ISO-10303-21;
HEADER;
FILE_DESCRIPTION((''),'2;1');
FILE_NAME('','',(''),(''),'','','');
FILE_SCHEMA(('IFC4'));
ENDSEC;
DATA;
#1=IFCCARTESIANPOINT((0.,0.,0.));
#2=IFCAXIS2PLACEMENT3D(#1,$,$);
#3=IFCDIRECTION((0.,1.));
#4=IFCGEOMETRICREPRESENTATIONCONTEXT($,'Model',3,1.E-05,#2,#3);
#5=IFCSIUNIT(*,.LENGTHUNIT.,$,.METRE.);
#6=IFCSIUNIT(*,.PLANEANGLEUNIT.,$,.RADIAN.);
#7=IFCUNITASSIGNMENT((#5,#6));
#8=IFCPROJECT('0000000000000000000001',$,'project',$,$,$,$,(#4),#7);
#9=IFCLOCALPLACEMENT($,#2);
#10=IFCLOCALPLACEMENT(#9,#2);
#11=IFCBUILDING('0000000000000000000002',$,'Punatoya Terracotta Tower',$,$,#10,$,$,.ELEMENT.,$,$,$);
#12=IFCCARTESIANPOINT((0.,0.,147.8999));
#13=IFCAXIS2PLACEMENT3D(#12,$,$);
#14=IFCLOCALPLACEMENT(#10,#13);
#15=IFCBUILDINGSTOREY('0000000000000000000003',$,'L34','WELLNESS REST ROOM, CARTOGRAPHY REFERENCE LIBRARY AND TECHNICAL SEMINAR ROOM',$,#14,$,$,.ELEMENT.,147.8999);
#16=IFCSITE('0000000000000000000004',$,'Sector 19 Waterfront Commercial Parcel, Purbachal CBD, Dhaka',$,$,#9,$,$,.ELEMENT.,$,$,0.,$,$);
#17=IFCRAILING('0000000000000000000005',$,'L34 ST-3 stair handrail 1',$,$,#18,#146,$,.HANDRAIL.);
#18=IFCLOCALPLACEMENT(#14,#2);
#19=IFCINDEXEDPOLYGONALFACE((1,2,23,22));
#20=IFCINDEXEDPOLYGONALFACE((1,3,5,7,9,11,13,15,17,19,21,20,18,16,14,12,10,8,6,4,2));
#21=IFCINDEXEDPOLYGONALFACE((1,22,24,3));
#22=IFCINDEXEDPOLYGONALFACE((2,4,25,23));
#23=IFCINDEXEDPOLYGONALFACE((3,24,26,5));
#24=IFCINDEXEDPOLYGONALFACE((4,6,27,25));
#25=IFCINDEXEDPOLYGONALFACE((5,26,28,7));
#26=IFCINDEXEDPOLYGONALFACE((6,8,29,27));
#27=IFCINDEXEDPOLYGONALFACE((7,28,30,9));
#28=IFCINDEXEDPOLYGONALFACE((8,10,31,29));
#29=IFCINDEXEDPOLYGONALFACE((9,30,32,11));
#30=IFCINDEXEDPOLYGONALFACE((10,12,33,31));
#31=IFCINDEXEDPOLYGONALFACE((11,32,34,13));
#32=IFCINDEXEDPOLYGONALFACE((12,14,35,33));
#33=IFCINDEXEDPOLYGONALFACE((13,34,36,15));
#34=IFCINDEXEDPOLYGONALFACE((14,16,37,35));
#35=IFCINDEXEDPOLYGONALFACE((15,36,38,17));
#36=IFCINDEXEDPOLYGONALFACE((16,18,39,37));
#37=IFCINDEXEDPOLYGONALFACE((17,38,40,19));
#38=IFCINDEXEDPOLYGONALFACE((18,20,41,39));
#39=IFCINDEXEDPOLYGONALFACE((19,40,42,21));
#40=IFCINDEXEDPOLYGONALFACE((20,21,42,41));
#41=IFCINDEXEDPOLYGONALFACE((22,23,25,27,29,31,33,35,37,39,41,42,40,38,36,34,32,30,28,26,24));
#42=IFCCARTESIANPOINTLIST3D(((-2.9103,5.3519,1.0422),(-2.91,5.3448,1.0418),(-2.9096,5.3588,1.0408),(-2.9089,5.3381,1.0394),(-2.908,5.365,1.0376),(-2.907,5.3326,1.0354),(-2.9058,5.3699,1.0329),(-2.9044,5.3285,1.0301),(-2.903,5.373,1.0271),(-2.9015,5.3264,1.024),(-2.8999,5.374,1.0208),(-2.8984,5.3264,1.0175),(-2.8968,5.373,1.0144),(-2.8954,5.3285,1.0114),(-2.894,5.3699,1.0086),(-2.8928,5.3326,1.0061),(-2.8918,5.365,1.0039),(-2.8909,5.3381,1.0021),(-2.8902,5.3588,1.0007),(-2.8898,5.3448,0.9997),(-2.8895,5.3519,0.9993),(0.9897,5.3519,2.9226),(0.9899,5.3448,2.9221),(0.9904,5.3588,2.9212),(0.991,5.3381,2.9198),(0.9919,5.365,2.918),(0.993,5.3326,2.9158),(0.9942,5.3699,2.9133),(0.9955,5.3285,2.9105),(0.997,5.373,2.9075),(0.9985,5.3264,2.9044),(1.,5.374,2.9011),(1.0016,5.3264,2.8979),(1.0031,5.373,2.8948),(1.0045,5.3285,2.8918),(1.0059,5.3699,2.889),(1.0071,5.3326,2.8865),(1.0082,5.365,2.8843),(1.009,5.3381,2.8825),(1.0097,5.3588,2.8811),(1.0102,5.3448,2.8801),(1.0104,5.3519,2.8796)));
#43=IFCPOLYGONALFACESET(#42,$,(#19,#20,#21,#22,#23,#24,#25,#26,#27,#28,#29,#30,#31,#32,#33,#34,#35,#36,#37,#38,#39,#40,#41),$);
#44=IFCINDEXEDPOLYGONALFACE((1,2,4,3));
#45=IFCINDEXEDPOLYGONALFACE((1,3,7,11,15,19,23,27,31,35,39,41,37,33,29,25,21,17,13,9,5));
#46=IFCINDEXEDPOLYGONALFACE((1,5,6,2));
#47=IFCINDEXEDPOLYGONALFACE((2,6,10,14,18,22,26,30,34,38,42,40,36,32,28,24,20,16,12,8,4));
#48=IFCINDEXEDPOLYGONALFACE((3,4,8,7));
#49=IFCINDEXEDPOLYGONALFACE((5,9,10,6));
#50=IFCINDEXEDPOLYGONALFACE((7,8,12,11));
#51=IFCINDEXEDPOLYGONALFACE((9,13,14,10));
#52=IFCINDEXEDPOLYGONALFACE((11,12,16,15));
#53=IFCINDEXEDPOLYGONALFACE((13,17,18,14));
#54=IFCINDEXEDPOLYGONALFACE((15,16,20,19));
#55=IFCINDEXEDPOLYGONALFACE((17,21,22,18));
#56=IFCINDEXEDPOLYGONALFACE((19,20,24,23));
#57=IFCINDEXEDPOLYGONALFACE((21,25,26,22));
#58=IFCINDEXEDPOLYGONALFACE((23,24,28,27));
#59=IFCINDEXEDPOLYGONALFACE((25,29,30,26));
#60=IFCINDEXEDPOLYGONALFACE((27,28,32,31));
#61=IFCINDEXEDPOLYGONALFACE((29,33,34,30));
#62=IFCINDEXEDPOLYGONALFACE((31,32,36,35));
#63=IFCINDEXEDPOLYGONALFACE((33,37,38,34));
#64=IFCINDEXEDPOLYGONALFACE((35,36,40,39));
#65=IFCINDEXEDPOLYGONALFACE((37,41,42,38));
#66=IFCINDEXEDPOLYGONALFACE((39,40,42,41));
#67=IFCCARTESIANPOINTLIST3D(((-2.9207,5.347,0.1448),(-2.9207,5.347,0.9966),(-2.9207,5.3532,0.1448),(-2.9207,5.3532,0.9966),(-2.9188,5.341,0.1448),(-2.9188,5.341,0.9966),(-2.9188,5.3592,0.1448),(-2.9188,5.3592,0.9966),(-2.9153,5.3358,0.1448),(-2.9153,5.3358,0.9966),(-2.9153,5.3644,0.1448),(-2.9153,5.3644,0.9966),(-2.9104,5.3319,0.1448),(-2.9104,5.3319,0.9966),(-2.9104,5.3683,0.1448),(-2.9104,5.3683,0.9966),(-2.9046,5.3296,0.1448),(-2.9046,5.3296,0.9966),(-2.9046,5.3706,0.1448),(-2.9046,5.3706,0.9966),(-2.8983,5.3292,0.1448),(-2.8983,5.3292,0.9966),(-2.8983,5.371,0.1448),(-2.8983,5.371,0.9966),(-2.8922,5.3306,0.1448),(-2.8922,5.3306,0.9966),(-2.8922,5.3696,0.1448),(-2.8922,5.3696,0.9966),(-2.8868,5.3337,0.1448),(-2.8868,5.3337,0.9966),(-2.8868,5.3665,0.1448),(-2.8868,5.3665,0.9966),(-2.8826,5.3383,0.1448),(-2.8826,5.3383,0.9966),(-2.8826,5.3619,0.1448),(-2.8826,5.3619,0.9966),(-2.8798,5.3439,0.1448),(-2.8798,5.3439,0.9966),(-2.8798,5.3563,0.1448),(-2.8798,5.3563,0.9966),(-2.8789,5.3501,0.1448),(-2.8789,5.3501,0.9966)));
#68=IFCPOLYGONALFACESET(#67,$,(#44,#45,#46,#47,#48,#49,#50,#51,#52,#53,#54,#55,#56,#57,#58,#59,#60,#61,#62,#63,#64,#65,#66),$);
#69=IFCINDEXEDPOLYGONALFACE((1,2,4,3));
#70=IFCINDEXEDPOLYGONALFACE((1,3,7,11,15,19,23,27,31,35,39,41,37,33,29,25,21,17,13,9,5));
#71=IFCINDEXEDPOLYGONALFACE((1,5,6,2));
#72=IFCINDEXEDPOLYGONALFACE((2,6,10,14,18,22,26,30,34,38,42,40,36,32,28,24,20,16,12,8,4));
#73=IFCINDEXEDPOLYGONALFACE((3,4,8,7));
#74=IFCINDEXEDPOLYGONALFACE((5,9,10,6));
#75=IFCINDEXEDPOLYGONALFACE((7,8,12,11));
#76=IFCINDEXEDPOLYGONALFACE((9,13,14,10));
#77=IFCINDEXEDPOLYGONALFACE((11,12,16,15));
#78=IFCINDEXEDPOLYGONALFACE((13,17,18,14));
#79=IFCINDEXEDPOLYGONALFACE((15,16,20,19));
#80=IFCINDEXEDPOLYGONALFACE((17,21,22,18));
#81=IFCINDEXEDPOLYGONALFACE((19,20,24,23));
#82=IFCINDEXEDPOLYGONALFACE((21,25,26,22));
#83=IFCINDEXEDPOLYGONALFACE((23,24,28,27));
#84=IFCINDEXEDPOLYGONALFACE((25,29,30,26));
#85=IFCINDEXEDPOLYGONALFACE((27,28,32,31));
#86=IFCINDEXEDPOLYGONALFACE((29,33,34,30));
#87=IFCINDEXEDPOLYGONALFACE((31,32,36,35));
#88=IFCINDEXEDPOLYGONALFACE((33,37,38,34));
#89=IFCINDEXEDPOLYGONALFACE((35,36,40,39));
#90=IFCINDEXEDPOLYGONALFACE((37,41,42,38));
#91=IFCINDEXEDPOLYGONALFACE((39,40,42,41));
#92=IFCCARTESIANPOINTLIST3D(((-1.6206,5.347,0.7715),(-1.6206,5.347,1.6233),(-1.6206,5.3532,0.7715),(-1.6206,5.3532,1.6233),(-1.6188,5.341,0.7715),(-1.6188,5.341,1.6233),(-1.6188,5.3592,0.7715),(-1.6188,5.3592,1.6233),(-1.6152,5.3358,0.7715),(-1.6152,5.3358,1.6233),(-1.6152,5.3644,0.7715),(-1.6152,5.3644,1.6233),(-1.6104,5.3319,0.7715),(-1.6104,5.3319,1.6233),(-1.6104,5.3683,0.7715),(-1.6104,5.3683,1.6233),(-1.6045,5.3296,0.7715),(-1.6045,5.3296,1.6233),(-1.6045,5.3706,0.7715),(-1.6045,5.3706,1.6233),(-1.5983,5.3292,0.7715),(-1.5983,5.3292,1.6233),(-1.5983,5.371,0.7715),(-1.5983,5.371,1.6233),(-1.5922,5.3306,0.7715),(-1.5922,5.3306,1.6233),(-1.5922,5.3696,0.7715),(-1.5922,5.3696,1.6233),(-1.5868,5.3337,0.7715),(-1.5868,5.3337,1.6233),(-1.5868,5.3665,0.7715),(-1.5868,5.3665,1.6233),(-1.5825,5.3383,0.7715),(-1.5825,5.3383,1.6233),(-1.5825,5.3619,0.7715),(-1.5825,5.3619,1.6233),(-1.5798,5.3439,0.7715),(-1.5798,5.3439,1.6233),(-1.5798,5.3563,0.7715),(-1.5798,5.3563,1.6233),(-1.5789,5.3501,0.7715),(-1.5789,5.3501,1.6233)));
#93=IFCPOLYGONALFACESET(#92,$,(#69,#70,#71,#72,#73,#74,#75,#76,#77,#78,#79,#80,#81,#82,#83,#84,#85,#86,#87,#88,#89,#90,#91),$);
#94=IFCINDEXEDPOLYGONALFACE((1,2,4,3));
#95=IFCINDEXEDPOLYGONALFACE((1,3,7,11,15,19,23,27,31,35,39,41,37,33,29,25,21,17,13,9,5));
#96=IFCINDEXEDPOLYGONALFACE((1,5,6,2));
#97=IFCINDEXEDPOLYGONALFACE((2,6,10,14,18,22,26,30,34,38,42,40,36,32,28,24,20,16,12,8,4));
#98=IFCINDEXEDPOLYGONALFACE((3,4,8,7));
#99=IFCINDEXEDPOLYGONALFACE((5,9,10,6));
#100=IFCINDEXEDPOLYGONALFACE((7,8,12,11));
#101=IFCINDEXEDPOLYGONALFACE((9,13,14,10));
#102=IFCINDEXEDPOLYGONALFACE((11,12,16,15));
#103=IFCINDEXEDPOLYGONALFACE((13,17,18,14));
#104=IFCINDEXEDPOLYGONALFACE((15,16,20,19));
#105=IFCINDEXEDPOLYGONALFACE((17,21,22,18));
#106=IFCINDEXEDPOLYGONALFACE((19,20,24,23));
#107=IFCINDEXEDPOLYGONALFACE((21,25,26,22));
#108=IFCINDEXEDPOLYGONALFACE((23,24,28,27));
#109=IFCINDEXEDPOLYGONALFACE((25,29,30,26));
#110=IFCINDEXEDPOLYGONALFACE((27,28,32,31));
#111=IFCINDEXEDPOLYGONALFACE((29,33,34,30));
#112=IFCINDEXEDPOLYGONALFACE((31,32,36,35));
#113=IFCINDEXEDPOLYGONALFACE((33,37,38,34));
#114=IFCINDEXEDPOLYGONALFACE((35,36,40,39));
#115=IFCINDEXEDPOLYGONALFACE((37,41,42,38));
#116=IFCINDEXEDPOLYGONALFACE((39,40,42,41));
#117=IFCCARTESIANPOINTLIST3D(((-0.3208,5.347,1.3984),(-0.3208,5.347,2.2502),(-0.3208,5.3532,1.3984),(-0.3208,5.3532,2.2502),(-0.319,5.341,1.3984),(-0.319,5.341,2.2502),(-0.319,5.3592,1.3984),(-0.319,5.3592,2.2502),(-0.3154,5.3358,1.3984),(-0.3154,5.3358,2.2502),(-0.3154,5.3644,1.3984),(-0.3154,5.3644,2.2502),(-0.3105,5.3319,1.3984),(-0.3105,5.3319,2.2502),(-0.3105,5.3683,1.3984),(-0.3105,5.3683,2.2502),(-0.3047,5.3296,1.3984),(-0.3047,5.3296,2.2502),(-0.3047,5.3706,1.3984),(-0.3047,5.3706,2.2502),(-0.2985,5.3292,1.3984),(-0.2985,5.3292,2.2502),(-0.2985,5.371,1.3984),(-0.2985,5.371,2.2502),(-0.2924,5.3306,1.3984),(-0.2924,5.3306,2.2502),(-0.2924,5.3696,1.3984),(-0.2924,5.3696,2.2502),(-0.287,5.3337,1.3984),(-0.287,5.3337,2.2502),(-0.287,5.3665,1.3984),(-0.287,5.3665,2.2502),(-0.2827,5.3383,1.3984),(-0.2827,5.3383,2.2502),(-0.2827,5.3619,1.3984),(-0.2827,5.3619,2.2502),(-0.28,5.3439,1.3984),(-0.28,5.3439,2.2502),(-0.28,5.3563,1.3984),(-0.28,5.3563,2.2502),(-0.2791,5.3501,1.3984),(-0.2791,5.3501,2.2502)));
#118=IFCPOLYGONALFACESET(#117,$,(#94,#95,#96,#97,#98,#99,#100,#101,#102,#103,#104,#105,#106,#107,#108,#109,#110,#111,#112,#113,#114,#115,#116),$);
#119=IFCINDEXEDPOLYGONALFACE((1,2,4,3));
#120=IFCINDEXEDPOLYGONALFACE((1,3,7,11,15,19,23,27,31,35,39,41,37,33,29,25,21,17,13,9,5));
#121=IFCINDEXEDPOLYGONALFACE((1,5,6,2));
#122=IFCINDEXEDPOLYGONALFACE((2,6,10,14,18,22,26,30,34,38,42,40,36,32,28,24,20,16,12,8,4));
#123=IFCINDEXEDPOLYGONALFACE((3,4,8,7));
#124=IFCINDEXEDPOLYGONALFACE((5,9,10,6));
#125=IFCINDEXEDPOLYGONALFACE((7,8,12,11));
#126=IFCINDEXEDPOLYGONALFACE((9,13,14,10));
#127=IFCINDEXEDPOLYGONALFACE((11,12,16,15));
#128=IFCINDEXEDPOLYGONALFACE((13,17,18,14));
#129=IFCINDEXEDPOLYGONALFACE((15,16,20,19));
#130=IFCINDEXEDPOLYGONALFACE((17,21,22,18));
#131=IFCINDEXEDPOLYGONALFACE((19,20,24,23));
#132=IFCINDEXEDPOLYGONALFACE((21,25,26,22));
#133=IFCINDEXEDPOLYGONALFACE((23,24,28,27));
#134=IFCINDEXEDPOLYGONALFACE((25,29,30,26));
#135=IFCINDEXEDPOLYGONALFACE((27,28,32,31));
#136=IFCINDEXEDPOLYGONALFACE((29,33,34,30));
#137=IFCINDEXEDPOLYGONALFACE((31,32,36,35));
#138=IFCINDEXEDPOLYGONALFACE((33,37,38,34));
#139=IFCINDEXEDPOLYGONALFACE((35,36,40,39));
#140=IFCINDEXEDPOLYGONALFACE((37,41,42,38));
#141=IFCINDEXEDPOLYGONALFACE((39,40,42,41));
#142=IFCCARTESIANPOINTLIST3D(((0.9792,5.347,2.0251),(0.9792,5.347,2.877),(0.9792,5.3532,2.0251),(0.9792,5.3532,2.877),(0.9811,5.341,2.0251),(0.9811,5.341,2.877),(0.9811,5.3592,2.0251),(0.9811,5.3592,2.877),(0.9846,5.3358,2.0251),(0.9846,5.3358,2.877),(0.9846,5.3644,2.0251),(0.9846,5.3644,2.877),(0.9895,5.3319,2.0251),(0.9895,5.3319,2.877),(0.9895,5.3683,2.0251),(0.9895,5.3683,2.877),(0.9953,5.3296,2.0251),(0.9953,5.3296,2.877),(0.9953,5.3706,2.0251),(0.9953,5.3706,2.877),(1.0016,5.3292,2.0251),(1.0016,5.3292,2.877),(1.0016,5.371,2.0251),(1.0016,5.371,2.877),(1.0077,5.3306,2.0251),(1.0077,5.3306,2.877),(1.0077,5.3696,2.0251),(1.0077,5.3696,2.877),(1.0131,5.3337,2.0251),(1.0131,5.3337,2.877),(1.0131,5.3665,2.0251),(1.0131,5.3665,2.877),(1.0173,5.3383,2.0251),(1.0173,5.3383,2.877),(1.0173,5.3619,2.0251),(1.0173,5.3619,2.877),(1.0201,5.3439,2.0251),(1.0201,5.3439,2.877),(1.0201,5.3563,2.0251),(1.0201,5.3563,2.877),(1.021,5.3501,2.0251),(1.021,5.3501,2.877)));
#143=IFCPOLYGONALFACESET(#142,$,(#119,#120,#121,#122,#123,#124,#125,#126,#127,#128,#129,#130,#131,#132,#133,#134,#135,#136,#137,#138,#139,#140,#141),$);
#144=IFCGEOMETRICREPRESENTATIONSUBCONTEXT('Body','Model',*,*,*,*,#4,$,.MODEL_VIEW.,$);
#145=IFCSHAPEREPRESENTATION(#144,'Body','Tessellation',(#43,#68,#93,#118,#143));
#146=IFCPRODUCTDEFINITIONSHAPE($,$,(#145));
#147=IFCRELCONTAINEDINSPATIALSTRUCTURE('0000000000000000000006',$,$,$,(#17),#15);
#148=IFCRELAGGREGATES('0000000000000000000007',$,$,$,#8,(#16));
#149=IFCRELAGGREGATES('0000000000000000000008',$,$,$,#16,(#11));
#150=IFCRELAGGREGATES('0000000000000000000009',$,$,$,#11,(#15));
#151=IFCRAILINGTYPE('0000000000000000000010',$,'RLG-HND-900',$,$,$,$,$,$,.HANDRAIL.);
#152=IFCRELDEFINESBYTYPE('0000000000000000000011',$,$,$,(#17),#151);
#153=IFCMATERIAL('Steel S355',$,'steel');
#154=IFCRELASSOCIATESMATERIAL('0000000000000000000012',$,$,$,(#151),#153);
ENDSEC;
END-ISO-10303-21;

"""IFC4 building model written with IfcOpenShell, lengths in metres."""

from ifc_helpers import new_model, si_unit, direction, frame, origin, origin_2d, place, context, subcontext, project, spatial, circle, extrude, material, type_object, element, save


model = new_model("IFC4")

# Units and contexts
model_context = context("Model", 3, precision=1e-05, world=origin(), true_north=direction((0.0, 1.0)))
body_context = subcontext(model_context, "Body", "Model", "MODEL_VIEW")
ifc_project = project(units=[si_unit("LENGTHUNIT", "METRE"), si_unit("PLANEANGLEUNIT", "RADIAN")], contexts=[model_context])

# Site, building, storey
site_placement = place(None, origin())
site = spatial("IfcSite", under=ifc_project, at=site_placement, Name="Sector 19 Waterfront Commercial Parcel, Purbachal CBD, Dhaka", CompositionType="ELEMENT", RefElevation=0.0)
building_placement = place(site_placement, origin())
building = spatial("IfcBuilding", under=site, at=building_placement, Name="Punatoya Terracotta Tower", CompositionType="ELEMENT")
storey_placement = place(building_placement, frame((0.0, 0.0, 147.8999)))
storey = spatial("IfcBuildingStorey", under=building, at=storey_placement, Name="L34", Description="WELLNESS REST ROOM, CARTOGRAPHY REFERENCE LIBRARY AND TECHNICAL SEMINAR ROOM", CompositionType="ELEMENT", Elevation=147.8999)

# Shared definitions
ifc_material_1 = material(Name="Steel S355", Category="steel")

# Railing
railing_type_1 = type_object("IfcRailingType", Name="RLG-HND-900", PredefinedType="HANDRAIL", material=ifc_material_1)
railing_1_placement = place(storey_placement, frame((-2.8999, 5.3501, 0.1448)))
element("IfcRailing", 1, at=railing_1_placement, inside=storey, type_object=railing_type_1, Name="L34 ST-3 stair handrail 1", PredefinedType="HANDRAIL", context=body_context, shape_type="SweptSolid", body=[
    extrude(circle(Radius=0.0239, at=origin_2d()), frame((0.0, 0.0, 0.876), z_axis=(0.900763, 0.0, 0.434311), x_axis=(0.0, 1.0, 0.0)), (0.0, 0.0, 1.0), 4.3296),
    extrude(circle(Radius=0.021, at=origin_2d()), origin(), (0.0, 0.0, 1.0), 0.8518),
    extrude(circle(Radius=0.021, at=origin_2d()), frame((1.3, 0.0, 0.6267)), (0.0, 0.0, 1.0), 0.8518),
    extrude(circle(Radius=0.021, at=origin_2d()), frame((2.5999, 0.0, 1.2537)), (0.0, 0.0, 1.0), 0.8518),
    extrude(circle(Radius=0.021, at=origin_2d()), frame((3.8999, 0.0, 1.8804)), (0.0, 0.0, 1.0), 0.8518),
])

save(model, "model.ifc")
